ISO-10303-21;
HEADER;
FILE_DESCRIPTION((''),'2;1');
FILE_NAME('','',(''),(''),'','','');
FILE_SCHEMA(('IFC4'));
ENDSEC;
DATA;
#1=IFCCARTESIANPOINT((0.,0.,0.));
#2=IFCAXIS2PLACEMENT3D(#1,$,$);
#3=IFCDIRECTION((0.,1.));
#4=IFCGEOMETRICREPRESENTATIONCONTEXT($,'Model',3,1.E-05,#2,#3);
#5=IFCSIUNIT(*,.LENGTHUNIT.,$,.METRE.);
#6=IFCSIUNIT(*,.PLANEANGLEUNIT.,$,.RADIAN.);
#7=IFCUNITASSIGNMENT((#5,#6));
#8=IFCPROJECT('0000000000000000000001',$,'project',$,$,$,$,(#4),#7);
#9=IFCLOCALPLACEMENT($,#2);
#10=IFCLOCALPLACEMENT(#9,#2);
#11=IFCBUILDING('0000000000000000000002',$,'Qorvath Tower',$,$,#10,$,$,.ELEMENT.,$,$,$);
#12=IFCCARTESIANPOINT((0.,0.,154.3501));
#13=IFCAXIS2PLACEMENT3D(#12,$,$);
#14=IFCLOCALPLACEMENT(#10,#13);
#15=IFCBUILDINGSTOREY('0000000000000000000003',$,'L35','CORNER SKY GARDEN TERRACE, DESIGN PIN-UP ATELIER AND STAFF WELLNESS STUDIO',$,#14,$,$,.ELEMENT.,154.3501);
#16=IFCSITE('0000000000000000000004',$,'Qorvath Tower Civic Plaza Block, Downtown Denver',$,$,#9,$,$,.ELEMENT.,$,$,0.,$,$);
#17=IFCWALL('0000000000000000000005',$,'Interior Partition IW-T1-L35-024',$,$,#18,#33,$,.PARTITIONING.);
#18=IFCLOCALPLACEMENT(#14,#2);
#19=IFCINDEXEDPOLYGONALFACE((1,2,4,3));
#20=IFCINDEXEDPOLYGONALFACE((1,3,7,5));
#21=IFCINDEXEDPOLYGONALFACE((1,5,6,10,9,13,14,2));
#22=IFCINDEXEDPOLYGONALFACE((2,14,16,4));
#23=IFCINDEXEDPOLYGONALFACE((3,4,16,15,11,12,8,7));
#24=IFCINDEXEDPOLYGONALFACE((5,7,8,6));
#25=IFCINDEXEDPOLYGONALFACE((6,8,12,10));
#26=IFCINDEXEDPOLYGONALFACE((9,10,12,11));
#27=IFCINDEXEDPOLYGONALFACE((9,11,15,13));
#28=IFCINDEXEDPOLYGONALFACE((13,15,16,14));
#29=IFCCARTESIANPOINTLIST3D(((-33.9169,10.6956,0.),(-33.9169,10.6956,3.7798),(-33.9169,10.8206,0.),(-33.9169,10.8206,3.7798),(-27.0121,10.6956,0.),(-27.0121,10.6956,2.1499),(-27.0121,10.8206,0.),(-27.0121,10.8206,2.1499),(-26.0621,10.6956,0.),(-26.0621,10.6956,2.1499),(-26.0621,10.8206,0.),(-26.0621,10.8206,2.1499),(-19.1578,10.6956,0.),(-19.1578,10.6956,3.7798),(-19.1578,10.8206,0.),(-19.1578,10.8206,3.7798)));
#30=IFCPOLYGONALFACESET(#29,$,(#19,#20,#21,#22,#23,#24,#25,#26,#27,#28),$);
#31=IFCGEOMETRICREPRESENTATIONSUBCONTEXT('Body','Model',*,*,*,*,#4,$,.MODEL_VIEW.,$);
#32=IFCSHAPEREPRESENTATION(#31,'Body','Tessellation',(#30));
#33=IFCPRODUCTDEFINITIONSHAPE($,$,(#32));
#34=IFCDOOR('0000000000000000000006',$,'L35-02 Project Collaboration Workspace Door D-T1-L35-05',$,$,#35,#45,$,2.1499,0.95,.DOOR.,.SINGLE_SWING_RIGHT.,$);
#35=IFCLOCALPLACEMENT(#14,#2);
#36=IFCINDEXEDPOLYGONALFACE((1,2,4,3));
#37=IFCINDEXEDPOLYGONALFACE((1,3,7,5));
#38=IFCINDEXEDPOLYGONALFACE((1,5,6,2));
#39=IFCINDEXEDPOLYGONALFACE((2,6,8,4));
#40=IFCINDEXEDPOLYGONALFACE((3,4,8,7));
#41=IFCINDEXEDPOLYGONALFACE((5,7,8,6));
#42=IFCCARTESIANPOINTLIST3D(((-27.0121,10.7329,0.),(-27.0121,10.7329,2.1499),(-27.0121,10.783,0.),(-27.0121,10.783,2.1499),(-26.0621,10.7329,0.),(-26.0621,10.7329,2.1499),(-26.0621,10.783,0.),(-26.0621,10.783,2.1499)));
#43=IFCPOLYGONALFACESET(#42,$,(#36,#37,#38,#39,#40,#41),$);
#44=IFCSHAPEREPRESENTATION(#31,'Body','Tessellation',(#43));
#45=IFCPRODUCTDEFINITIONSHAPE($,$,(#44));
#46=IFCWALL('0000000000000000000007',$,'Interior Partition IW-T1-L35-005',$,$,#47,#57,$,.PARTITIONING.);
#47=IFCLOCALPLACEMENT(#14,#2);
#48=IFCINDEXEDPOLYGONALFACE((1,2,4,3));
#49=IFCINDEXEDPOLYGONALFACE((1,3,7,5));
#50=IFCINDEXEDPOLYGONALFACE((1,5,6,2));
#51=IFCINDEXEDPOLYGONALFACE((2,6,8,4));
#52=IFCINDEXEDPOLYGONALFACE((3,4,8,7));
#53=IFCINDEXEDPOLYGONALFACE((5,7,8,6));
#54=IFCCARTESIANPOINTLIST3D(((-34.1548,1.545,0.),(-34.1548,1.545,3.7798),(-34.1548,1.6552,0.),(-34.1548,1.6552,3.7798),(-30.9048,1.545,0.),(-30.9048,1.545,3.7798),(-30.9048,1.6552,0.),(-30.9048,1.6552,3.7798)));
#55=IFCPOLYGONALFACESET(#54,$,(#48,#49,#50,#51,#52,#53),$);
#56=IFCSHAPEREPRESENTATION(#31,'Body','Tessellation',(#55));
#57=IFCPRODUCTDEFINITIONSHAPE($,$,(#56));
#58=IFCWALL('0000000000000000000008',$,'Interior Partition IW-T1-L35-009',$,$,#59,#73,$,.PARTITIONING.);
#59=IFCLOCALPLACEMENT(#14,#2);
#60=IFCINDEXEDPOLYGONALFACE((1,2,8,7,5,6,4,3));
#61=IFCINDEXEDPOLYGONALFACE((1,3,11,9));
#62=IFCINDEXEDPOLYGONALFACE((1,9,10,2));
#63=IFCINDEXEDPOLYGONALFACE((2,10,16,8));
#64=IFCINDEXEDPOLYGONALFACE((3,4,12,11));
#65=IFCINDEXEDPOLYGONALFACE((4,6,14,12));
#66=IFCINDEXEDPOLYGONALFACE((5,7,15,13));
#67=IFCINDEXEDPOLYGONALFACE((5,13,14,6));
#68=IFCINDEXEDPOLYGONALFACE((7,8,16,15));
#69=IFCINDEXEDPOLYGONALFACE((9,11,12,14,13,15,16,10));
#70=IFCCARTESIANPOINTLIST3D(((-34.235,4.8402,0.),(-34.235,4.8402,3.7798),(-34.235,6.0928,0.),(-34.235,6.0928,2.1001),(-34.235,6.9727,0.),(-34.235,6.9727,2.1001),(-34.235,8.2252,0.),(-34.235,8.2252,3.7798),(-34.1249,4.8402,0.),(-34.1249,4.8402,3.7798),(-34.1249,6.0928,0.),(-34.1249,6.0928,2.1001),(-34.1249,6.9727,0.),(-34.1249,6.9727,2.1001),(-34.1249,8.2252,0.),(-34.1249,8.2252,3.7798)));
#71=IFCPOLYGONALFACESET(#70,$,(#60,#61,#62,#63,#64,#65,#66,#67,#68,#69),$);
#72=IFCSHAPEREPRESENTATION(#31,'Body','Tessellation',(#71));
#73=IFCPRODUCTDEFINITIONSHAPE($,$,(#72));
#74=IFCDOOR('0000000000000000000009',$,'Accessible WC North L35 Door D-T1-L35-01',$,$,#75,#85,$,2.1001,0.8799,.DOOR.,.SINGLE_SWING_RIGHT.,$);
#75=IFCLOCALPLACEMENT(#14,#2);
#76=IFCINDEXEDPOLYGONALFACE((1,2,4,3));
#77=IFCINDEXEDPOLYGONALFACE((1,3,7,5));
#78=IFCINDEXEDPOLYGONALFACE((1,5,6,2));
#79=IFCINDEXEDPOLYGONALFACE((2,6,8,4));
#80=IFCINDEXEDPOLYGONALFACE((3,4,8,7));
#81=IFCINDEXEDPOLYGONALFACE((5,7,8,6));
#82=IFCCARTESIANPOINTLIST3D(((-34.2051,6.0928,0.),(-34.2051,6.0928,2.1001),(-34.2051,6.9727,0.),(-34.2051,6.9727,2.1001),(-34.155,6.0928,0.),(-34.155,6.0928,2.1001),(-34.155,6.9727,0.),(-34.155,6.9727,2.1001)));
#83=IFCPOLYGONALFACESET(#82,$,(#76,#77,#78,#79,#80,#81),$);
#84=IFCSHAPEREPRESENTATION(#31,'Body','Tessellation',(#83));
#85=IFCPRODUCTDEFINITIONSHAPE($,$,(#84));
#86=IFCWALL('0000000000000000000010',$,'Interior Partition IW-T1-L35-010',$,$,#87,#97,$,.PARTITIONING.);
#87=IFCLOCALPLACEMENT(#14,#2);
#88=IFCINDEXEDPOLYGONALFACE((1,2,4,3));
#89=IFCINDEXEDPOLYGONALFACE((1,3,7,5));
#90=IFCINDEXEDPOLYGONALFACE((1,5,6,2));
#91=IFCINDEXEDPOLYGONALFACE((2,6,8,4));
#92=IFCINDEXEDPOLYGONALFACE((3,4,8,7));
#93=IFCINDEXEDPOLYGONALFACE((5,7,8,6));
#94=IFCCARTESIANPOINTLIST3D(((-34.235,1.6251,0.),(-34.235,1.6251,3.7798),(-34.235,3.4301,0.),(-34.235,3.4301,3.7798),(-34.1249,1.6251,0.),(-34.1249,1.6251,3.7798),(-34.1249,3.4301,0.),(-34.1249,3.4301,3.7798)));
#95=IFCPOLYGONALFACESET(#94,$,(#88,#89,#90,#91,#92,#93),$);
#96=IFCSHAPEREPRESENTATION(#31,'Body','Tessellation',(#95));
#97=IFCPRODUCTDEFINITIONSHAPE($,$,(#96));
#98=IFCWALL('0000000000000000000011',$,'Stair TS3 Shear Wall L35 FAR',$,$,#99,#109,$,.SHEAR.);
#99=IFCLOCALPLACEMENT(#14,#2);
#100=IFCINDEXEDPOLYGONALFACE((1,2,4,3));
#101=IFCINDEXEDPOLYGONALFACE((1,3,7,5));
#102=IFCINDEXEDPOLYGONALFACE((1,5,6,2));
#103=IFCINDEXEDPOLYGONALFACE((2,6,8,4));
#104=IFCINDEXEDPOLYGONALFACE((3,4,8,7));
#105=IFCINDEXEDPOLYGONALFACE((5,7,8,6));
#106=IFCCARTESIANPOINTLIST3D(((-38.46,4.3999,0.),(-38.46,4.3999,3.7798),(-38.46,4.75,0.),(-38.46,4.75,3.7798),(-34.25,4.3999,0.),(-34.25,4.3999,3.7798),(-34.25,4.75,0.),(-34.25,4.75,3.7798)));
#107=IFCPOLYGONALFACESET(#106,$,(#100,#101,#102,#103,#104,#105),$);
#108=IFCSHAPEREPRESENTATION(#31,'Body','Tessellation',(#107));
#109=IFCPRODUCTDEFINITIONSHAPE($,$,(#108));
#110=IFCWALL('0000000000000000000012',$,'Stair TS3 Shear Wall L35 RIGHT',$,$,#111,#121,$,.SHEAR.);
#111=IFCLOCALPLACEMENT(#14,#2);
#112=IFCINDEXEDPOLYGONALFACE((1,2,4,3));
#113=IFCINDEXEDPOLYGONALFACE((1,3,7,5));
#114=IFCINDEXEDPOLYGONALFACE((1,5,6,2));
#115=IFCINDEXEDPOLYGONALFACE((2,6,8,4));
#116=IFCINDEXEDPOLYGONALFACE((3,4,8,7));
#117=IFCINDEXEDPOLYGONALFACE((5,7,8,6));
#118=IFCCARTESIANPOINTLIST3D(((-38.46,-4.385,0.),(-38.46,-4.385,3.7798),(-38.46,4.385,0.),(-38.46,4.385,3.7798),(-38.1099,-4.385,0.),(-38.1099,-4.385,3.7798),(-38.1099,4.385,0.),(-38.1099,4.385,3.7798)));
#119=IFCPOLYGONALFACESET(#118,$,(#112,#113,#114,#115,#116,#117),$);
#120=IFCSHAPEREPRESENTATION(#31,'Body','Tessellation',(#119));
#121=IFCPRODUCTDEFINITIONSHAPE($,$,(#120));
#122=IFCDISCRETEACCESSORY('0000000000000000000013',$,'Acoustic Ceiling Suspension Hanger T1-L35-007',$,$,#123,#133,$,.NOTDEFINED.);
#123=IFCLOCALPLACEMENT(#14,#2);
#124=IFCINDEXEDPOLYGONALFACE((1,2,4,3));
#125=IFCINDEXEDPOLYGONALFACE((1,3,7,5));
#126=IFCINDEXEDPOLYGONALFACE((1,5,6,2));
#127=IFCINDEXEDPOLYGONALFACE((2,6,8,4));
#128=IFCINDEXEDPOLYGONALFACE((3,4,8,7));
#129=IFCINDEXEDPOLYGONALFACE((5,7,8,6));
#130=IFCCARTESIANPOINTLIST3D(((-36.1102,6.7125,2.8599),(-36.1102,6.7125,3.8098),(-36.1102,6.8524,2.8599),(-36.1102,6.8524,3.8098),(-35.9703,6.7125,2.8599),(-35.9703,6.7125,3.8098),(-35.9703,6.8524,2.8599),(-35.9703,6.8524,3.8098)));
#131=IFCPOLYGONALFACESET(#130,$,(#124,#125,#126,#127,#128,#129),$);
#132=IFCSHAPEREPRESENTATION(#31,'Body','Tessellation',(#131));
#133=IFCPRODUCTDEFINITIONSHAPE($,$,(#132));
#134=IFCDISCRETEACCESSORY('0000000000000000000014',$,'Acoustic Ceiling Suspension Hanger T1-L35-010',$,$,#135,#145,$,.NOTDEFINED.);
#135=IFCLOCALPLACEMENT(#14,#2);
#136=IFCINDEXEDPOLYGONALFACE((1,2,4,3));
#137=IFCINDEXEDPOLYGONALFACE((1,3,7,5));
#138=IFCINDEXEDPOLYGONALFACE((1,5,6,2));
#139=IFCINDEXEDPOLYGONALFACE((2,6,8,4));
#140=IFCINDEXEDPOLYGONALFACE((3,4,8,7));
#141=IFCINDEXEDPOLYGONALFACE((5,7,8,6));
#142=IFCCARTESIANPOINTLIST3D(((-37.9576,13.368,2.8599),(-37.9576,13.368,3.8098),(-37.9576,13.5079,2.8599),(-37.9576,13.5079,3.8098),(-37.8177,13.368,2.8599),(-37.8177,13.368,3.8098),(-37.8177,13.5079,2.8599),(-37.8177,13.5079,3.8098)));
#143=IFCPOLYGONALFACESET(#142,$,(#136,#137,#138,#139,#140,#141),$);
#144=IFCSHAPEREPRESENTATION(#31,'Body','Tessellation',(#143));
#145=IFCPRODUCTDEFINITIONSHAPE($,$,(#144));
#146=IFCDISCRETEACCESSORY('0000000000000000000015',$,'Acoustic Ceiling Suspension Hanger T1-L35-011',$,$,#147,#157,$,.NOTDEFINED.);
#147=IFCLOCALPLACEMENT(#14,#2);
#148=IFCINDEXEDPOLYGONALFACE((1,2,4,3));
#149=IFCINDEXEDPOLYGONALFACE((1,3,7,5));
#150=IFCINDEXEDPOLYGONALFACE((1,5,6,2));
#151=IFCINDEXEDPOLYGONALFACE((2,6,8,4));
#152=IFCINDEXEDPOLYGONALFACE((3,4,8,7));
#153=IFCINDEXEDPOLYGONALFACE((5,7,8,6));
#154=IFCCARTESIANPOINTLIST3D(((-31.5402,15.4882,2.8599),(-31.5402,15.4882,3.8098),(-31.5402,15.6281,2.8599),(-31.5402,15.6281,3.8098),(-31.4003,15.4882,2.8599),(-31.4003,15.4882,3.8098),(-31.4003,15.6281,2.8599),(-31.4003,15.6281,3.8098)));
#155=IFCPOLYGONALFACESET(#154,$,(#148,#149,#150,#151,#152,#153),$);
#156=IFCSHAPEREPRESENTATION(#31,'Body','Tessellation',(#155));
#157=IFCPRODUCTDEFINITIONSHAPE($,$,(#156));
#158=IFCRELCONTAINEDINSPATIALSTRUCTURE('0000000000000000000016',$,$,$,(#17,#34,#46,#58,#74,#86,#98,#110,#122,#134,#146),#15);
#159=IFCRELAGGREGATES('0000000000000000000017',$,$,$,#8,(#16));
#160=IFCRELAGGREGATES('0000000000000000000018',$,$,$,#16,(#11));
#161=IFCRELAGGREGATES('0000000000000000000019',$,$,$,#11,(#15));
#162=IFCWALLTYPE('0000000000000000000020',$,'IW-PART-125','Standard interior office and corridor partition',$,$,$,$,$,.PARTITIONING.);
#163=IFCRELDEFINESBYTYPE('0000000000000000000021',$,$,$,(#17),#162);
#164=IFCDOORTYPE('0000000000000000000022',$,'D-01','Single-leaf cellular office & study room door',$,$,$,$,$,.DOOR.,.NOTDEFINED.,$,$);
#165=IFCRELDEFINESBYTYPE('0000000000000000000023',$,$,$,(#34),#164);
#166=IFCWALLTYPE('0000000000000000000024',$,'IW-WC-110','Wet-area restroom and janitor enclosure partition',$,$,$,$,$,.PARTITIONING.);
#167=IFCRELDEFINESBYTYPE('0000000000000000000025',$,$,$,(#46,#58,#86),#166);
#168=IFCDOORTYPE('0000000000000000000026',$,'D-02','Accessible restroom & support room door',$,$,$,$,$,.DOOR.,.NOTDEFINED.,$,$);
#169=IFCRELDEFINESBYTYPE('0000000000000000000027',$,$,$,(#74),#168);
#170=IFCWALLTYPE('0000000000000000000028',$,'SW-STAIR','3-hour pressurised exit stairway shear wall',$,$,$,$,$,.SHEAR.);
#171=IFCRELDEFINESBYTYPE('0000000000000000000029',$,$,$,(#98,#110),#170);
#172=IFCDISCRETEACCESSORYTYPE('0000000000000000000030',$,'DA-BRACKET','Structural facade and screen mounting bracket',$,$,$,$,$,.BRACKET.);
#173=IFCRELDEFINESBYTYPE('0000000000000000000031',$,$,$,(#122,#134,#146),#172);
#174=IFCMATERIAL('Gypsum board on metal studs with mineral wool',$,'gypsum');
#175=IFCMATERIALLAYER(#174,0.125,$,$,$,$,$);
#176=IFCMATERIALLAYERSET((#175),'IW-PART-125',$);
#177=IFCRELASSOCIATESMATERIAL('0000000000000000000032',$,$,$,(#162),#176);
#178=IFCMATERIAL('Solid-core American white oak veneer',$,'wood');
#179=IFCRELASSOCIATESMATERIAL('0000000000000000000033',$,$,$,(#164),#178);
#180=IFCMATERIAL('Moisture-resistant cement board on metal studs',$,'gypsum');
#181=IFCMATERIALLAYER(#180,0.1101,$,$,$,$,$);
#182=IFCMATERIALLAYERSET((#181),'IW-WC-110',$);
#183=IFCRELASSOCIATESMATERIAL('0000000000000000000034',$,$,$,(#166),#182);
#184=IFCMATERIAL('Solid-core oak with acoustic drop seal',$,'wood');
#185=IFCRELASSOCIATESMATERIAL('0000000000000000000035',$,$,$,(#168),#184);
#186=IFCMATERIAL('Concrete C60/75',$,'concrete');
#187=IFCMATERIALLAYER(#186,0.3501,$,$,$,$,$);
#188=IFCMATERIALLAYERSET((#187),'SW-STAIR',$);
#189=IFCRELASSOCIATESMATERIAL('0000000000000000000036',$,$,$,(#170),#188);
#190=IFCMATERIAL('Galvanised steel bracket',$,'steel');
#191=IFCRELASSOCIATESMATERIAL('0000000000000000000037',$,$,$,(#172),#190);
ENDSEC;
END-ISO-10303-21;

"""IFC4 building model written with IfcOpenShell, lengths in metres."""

from ifc_helpers import new_model, si_unit, direction, frame, frame_2d, origin, origin_2d, place, context, subcontext, project, spatial, rectangle, extrude, material, layer, layer_set, type_object, element, fill, save


model = new_model("IFC4")

# Units and contexts
model_context = context("Model", 3, precision=1e-05, world=origin(), true_north=direction((0.0, 1.0)))
body_context = subcontext(model_context, "Body", "Model", "MODEL_VIEW")
ifc_project = project(units=[si_unit("LENGTHUNIT", "METRE"), si_unit("PLANEANGLEUNIT", "RADIAN")], contexts=[model_context])

# Site, building, storey
site_placement = place(None, origin())
site = spatial("IfcSite", under=ifc_project, at=site_placement, Name="Qorvath Tower Civic Plaza Block, Downtown Denver", CompositionType="ELEMENT", RefElevation=0.0)
building_placement = place(site_placement, origin())
building = spatial("IfcBuilding", under=site, at=building_placement, Name="Qorvath Tower", CompositionType="ELEMENT")
storey_placement = place(building_placement, frame((0.0, 0.0, 154.3501)))
storey = spatial("IfcBuildingStorey", under=building, at=storey_placement, Name="L35", Description="CORNER SKY GARDEN TERRACE, DESIGN PIN-UP ATELIER AND STAFF WELLNESS STUDIO", CompositionType="ELEMENT", Elevation=154.3501)

# Wall, opening, door
ifc_material_1 = material(Name="Gypsum board on metal studs with mineral wool", Category="gypsum")
ifc_layer_1 = layer(ifc_material_1, 0.125)
ifc_layer_set_1 = layer_set([ifc_layer_1], Name="IW-PART-125")
wall_type_1 = type_object("IfcWallType", Name="IW-PART-125", Description="Standard interior office and corridor partition", PredefinedType="PARTITIONING", material=ifc_layer_set_1)
wall_1_placement = place(storey_placement, frame((-33.9167, 10.7581, 0.0), z_axis=(0.0, 0.0, 1.0), x_axis=(1.0, 0.0, 0.0)))
wall_1 = element("IfcWall", 1, at=wall_1_placement, inside=storey, type_object=wall_type_1, Name="Interior Partition IW-T1-L35-024", PredefinedType="PARTITIONING", context=body_context, shape_type="SweptSolid", body=[
    extrude(rectangle(XDim=14.759, YDim=0.125, at=frame_2d((7.3794, 0.0))), origin(), (0.0, 0.0, 1.0), 3.7798),
])
opening_1_placement = place(wall_1_placement, frame((6.9045, 0.0, 0.0)))
opening_1 = element("IfcOpeningElement", 2, at=opening_1_placement, cuts=wall_1, PredefinedType="OPENING", context=body_context, shape_type="SweptSolid", body=[
    extrude(rectangle(XDim=0.95, YDim=2.1499, at=frame_2d((0.4751, 1.075))), frame((0.0, 0.0725, 0.0), z_axis=(0.0, -1.0, 0.0), x_axis=(1.0, 0.0, 0.0)), (0.0, 0.0, 1.0), 0.145),
])
ifc_material_2 = material(Name="Solid-core American white oak veneer", Category="wood")
door_type_1 = type_object("IfcDoorType", Name="D-01", Description="Single-leaf cellular office & study room door", OperationType="NOTDEFINED", PredefinedType="DOOR", material=ifc_material_2)
door_1_placement = place(opening_1_placement, origin())
door_1 = element("IfcDoor", 3, at=door_1_placement, inside=storey, type_object=door_type_1, Name="L35-02 Project Collaboration Workspace Door D-T1-L35-05", OperationType="SINGLE_SWING_RIGHT", OverallHeight=2.1499, OverallWidth=0.95, PredefinedType="DOOR", context=body_context, shape_type="SweptSolid", body=[
    extrude(rectangle(XDim=0.95, YDim=2.1499, at=frame_2d((0.4751, 1.075))), frame((0.0, 0.0249, 0.0), z_axis=(0.0, -1.0, 0.0), x_axis=(1.0, 0.0, 0.0)), (0.0, 0.0, 1.0), 0.05),
])
fill(opening_1, door_1)

# Wall
ifc_material_3 = material(Name="Moisture-resistant cement board on metal studs", Category="gypsum")
ifc_layer_2 = layer(ifc_material_3, 0.1101)
ifc_layer_set_2 = layer_set([ifc_layer_2], Name="IW-WC-110")
wall_type_2 = type_object("IfcWallType", Name="IW-WC-110", Description="Wet-area restroom and janitor enclosure partition", PredefinedType="PARTITIONING", material=ifc_layer_set_2)
wall_2_placement = place(storey_placement, frame((-34.1548, 1.6001, 0.0), z_axis=(0.0, 0.0, 1.0), x_axis=(1.0, 0.0, 0.0)))
element("IfcWall", 4, at=wall_2_placement, inside=storey, type_object=wall_type_2, Name="Interior Partition IW-T1-L35-005", PredefinedType="PARTITIONING", context=body_context, shape_type="SweptSolid", body=[
    extrude(rectangle(XDim=3.25, YDim=0.1101, at=frame_2d((1.625, 0.0))), origin(), (0.0, 0.0, 1.0), 3.7798),
])

# Wall, opening, door
wall_3_placement = place(storey_placement, frame((-34.1799, 8.2251, 0.0), z_axis=(0.0, 0.0, 1.0), x_axis=(0.0, -1.0, 0.0)))
wall_3 = element("IfcWall", 5, at=wall_3_placement, inside=storey, type_object=wall_type_2, Name="Interior Partition IW-T1-L35-009", PredefinedType="PARTITIONING", context=body_context, shape_type="SweptSolid", body=[
    extrude(rectangle(XDim=3.385, YDim=0.1101, at=frame_2d((1.6924, 0.0))), origin(), (0.0, 0.0, 1.0), 3.7798),
])
opening_2_placement = place(wall_3_placement, frame((1.2524, 0.0, 0.0)))
opening_2 = element("IfcOpeningElement", 6, at=opening_2_placement, cuts=wall_3, PredefinedType="OPENING", context=body_context, shape_type="SweptSolid", body=[
    extrude(rectangle(XDim=0.8799, YDim=2.1001, at=frame_2d((0.4399, 1.05))), frame((0.0, 0.0649, 0.0), z_axis=(0.0, -1.0, 0.0), x_axis=(1.0, 0.0, 0.0)), (0.0, 0.0, 1.0), 0.1301),
])
ifc_material_4 = material(Name="Solid-core oak with acoustic drop seal", Category="wood")
door_type_2 = type_object("IfcDoorType", Name="D-02", Description="Accessible restroom & support room door", OperationType="NOTDEFINED", PredefinedType="DOOR", material=ifc_material_4)
door_2_placement = place(opening_2_placement, origin())
door_2 = element("IfcDoor", 7, at=door_2_placement, inside=storey, type_object=door_type_2, Name="Accessible WC North L35 Door D-T1-L35-01", OperationType="SINGLE_SWING_RIGHT", OverallHeight=2.1001, OverallWidth=0.8799, PredefinedType="DOOR", context=body_context, shape_type="SweptSolid", body=[
    extrude(rectangle(XDim=0.8799, YDim=2.1001, at=frame_2d((0.4399, 1.05))), frame((0.0, 0.0249, 0.0), z_axis=(0.0, -1.0, 0.0), x_axis=(1.0, 0.0, 0.0)), (0.0, 0.0, 1.0), 0.05),
])
fill(opening_2, door_2)

# Walls
wall_4_placement = place(storey_placement, frame((-34.1799, 3.4299, 0.0), z_axis=(0.0, 0.0, 1.0), x_axis=(0.0, -1.0, 0.0)))
element("IfcWall", 8, at=wall_4_placement, inside=storey, type_object=wall_type_2, Name="Interior Partition IW-T1-L35-010", PredefinedType="PARTITIONING", context=body_context, shape_type="SweptSolid", body=[
    extrude(rectangle(XDim=1.8049, YDim=0.1101, at=frame_2d((0.9023, 0.0))), origin(), (0.0, 0.0, 1.0), 3.7798),
])
ifc_material_5 = material(Name="Concrete C60/75", Category="concrete")
ifc_layer_3 = layer(ifc_material_5, 0.3501)
ifc_layer_set_3 = layer_set([ifc_layer_3], Name="SW-STAIR")
wall_type_3 = type_object("IfcWallType", Name="SW-STAIR", Description="3-hour pressurised exit stairway shear wall", PredefinedType="SHEAR", material=ifc_layer_set_3)
wall_5_placement = place(storey_placement, frame((-34.25, 4.575, 0.0), z_axis=(0.0, 0.0, 1.0), x_axis=(-1.0, 0.0, 0.0)))
element("IfcWall", 9, at=wall_5_placement, inside=storey, type_object=wall_type_3, Name="Stair TS3 Shear Wall L35 FAR", PredefinedType="SHEAR", context=body_context, shape_type="SweptSolid", body=[
    extrude(rectangle(XDim=4.21, YDim=0.3501, at=frame_2d((2.105, 0.0))), origin(), (0.0, 0.0, 1.0), 3.7798),
])
wall_6_placement = place(storey_placement, frame((-38.2849, 4.385, 0.0), z_axis=(0.0, 0.0, 1.0), x_axis=(0.0, -1.0, 0.0)))
element("IfcWall", 10, at=wall_6_placement, inside=storey, type_object=wall_type_3, Name="Stair TS3 Shear Wall L35 RIGHT", PredefinedType="SHEAR", context=body_context, shape_type="SweptSolid", body=[
    extrude(rectangle(XDim=8.77, YDim=0.3501, at=frame_2d((4.385, 0.0))), origin(), (0.0, 0.0, 1.0), 3.7798),
])

# Discrete accessories
ifc_material_6 = material(Name="Galvanised steel bracket", Category="steel")
discrete_accessory_type = type_object("IfcDiscreteAccessoryType", Name="DA-BRACKET", Description="Structural facade and screen mounting bracket", PredefinedType="BRACKET", material=ifc_material_6)
for number, where, z_axis, x_axis, name in (
    (11, (-36.0403, 6.7825, 2.8599), (0.0, 0.0, 1.0), (1.0, 0.0, 0.0), "Acoustic Ceiling Suspension Hanger T1-L35-007"),
    (12, (-37.8877, 13.438, 2.8599), (0.0, 0.0, 1.0), (1.0, 0.0, 0.0), "Acoustic Ceiling Suspension Hanger T1-L35-010"),
    (13, (-31.4702, 15.5581, 2.8599), (0.0, 0.0, 1.0), (1.0, 0.0, 0.0), "Acoustic Ceiling Suspension Hanger T1-L35-011"),
):
    element("IfcDiscreteAccessory", number, at=place(storey_placement, frame(where, z_axis=z_axis, x_axis=x_axis)), inside=storey, type_object=discrete_accessory_type, Name=name, PredefinedType="NOTDEFINED", context=body_context, shape_type="SweptSolid", body=[
        extrude(rectangle(XDim=0.1399, YDim=0.1399, at=origin_2d()), origin(), (0.0, 0.0, 1.0), 0.95),
    ])

save(model, "model.ifc")
